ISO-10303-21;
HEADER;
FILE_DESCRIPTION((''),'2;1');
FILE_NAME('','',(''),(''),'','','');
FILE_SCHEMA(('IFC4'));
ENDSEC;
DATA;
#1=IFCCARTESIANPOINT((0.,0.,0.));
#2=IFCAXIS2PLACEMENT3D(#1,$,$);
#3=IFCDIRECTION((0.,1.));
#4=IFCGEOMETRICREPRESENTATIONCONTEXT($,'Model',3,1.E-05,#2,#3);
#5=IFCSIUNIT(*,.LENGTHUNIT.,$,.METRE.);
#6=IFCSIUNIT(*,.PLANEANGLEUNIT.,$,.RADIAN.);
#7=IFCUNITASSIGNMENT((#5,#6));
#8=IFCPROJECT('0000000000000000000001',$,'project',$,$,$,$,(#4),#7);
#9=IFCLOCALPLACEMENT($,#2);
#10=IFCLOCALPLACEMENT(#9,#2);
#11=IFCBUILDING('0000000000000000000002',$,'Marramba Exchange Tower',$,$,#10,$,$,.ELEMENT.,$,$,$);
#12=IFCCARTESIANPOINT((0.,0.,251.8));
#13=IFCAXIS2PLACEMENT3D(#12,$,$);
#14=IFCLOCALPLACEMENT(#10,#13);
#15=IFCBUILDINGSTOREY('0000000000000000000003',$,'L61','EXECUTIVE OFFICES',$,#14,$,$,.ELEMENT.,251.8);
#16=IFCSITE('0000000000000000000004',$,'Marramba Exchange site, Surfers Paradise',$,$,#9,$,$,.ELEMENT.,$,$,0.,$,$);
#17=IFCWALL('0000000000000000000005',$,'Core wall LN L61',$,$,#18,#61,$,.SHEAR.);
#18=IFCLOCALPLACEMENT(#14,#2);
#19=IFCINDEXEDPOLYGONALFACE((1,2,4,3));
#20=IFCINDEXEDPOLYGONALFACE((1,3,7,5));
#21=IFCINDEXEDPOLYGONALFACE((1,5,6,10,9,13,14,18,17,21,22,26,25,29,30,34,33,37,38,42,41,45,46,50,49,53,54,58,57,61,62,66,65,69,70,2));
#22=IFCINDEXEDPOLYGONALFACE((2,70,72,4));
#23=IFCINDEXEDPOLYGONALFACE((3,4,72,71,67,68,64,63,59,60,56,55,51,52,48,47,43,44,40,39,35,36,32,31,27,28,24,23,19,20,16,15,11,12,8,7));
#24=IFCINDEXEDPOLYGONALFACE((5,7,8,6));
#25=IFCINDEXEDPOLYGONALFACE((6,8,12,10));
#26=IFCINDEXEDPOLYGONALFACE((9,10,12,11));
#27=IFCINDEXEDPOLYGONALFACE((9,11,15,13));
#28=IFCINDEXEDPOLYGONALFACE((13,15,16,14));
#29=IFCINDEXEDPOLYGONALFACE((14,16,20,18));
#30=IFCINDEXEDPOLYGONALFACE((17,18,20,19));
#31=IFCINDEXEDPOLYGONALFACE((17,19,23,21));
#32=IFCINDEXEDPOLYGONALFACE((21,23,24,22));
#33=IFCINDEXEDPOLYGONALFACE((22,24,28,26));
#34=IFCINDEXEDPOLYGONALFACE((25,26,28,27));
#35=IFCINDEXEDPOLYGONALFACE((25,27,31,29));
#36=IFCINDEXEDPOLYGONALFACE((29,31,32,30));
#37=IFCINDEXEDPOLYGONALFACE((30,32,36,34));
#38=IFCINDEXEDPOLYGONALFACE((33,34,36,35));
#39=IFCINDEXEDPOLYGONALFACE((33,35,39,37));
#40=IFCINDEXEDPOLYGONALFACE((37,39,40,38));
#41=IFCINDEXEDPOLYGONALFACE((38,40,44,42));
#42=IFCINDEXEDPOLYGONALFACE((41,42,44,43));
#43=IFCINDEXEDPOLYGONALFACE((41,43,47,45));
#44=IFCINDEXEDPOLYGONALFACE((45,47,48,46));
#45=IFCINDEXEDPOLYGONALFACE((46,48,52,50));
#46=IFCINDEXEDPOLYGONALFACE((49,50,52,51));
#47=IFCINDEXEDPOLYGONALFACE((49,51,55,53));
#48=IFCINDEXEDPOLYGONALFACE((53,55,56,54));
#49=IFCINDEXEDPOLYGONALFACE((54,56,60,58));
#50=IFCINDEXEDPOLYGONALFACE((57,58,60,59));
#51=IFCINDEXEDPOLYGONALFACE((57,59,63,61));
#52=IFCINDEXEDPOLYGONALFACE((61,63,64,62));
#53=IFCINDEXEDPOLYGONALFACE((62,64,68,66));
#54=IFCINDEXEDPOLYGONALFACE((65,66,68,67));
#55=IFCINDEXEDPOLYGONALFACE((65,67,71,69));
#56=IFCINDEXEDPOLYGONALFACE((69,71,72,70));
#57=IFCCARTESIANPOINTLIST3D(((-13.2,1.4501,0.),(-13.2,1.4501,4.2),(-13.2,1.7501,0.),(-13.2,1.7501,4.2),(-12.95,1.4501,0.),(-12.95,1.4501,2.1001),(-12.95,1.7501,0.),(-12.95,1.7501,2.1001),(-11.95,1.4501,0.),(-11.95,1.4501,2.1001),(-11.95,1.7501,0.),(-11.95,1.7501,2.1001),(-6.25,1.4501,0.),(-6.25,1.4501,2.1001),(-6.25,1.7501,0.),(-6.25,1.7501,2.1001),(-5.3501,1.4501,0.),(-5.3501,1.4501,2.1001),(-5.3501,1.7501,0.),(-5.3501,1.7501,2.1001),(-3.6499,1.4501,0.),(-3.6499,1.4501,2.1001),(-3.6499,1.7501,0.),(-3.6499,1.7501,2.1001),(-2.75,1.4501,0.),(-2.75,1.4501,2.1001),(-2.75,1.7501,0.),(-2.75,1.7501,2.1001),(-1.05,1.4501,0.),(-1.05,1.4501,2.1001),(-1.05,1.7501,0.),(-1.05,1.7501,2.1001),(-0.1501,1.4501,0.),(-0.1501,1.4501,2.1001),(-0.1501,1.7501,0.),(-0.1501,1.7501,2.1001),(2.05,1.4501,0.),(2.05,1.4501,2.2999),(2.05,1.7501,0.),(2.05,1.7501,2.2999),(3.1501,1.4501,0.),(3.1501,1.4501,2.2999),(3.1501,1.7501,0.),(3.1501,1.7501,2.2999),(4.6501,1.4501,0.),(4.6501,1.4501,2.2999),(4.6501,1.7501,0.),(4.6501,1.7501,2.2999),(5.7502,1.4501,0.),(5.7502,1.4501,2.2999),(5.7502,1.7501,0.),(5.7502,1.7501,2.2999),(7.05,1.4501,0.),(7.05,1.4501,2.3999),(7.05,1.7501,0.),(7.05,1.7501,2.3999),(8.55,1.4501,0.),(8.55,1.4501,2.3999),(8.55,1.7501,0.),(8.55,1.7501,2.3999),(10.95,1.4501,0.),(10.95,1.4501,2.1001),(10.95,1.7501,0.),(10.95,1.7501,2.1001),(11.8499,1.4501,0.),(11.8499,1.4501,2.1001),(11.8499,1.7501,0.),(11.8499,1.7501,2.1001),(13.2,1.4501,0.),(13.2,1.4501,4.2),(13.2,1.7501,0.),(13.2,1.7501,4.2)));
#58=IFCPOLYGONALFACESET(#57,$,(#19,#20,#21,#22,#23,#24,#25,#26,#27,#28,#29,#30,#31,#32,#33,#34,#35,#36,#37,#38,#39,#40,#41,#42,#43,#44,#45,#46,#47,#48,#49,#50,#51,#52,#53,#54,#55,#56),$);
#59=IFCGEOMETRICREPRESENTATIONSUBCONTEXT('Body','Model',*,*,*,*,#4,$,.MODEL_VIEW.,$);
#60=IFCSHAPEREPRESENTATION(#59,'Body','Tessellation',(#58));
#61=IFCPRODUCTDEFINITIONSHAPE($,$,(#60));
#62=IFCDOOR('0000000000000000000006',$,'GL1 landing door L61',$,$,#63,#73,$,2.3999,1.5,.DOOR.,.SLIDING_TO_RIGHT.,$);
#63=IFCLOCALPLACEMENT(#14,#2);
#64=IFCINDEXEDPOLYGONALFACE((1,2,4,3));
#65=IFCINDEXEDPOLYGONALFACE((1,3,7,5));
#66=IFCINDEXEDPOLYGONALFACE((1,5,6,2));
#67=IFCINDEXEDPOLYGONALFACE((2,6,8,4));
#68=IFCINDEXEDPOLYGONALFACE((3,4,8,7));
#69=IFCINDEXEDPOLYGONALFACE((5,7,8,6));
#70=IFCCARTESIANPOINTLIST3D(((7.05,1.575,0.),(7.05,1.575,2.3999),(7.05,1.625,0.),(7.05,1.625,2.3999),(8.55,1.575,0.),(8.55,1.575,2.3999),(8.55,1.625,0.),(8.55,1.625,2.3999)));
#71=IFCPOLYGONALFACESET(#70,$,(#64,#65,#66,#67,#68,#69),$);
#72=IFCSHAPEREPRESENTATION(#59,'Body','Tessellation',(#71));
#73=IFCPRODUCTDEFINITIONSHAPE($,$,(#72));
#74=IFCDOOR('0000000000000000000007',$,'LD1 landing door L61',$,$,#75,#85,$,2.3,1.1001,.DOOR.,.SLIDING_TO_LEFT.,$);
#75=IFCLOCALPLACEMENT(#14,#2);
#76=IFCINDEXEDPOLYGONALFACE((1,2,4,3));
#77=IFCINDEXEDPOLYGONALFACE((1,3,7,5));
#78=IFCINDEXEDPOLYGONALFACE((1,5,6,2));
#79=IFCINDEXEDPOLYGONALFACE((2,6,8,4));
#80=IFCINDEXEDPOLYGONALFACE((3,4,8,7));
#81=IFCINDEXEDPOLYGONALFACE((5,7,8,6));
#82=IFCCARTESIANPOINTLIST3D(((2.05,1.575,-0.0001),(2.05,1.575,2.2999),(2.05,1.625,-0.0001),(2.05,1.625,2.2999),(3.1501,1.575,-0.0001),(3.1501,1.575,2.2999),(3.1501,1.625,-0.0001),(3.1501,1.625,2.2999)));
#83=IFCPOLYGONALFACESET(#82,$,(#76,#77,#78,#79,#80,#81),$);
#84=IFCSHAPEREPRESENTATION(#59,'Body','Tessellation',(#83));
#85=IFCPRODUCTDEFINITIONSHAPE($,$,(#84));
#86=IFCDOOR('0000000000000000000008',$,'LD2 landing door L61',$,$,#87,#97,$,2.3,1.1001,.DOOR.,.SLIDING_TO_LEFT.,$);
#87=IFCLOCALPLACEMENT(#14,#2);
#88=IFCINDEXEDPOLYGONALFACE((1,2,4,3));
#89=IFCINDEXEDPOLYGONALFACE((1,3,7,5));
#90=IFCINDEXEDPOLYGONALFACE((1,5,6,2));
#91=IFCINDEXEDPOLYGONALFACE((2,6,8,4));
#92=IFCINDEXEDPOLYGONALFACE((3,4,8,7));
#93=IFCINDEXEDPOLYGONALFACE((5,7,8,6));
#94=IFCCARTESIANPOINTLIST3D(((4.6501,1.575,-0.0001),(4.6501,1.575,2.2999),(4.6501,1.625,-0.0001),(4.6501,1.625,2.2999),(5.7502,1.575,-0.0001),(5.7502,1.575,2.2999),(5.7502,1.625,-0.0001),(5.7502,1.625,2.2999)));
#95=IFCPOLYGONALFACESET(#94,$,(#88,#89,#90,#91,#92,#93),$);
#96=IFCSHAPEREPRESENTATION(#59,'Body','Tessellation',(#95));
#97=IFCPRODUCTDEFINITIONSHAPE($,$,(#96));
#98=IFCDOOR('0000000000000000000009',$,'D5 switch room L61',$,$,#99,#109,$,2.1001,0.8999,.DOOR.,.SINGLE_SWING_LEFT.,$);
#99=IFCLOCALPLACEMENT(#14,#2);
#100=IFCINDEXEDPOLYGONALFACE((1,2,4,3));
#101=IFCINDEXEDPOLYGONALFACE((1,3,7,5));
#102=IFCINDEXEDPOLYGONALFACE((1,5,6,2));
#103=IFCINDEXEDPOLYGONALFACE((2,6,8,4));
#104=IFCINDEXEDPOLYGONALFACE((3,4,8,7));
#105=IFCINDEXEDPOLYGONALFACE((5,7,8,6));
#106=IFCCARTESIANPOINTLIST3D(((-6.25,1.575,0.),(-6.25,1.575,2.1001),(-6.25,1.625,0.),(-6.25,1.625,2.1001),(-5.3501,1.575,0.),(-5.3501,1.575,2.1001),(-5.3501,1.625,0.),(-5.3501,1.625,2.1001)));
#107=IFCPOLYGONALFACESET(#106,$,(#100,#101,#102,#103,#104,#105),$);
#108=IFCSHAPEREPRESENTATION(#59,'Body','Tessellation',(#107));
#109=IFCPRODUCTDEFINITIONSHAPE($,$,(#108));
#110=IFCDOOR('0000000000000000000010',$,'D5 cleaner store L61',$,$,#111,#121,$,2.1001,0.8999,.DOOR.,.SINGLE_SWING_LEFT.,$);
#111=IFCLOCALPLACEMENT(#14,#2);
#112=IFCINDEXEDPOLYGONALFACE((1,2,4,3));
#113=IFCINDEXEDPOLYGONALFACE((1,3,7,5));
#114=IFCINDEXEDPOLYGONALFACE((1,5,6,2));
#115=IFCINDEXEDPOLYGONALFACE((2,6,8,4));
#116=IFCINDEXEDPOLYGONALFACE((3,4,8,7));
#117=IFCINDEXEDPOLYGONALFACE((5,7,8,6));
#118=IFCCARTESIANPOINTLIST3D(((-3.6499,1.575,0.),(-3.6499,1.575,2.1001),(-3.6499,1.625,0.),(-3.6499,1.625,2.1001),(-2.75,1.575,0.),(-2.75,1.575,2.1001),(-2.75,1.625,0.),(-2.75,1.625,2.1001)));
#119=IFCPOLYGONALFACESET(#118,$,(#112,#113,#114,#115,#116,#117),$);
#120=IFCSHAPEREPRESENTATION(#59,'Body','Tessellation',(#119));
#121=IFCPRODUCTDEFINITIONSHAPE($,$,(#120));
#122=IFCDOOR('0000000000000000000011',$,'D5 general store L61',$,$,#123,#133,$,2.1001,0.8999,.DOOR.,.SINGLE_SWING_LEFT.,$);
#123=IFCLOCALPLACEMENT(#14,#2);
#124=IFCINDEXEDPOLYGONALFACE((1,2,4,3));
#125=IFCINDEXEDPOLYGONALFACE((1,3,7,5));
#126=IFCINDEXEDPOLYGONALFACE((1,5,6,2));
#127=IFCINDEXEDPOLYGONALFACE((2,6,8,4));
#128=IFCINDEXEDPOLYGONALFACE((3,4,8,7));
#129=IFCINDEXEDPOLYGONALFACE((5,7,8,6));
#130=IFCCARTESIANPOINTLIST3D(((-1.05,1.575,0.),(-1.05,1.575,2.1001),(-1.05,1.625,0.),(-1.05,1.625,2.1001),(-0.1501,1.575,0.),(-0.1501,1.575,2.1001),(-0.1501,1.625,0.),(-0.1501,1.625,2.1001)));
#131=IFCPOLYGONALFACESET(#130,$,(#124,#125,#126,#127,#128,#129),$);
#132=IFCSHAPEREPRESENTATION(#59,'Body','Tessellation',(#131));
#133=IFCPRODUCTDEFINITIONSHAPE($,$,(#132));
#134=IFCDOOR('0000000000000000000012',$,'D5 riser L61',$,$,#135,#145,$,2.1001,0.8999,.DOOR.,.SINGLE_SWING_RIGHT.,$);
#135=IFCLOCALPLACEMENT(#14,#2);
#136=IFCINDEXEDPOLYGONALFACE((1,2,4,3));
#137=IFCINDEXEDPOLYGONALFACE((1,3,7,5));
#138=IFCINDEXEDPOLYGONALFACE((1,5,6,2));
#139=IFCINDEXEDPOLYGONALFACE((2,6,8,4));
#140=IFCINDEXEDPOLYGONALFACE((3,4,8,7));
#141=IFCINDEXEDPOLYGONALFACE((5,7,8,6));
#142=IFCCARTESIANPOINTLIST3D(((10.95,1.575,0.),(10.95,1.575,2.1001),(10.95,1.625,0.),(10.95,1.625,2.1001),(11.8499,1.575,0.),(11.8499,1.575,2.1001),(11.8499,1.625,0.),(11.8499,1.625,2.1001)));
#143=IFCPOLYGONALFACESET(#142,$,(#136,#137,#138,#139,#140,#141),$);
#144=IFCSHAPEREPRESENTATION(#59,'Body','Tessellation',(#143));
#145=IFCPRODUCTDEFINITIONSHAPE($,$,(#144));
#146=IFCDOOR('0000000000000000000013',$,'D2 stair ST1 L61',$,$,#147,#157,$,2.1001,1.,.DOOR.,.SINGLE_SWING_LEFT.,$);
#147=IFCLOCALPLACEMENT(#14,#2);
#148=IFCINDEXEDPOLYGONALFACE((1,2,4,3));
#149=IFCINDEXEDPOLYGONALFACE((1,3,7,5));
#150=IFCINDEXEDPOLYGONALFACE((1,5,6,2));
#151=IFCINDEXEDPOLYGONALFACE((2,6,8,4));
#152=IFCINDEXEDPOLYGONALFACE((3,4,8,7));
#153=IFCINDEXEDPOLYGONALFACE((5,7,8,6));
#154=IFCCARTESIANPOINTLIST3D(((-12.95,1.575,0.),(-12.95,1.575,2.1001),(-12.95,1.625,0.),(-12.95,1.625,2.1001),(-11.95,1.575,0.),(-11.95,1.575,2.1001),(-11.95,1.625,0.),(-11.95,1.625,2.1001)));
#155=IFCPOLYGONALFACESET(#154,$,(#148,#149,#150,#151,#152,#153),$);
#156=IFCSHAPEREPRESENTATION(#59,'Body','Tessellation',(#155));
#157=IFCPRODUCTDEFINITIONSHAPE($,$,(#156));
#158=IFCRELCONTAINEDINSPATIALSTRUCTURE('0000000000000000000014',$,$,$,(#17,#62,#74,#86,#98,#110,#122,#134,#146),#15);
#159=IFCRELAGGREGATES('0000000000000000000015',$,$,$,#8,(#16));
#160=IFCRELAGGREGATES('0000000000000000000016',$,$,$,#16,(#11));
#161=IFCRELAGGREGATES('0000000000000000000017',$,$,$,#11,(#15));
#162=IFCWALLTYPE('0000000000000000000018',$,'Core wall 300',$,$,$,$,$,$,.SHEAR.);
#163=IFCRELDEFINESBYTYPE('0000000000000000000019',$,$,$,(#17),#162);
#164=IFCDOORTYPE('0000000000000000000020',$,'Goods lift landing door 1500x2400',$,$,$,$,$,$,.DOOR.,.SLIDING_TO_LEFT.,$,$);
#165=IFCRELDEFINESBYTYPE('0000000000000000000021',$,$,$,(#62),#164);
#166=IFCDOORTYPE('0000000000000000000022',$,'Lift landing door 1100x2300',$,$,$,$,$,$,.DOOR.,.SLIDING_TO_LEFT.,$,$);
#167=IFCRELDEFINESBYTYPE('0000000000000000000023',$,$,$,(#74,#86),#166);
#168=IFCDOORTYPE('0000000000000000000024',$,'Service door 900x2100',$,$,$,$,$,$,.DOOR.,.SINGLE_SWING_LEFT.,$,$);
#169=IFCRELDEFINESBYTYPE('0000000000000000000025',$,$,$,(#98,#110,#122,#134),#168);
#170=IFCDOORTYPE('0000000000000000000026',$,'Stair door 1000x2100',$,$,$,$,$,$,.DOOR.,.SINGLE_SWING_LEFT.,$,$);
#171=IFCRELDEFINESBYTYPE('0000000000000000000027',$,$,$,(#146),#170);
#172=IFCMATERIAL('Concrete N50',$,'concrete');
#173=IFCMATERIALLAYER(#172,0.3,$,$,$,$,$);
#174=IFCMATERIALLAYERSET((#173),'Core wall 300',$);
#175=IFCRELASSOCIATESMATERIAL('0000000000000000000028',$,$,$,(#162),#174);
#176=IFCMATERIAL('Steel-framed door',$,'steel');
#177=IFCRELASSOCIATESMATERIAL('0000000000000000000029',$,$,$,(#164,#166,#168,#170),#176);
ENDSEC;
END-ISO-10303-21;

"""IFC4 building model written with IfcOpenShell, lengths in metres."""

from ifc_helpers import new_model, si_unit, direction, frame, frame_2d, origin, place, context, subcontext, project, spatial, rectangle, extrude, material, layer, layer_set, type_object, element, fill, save


model = new_model("IFC4")

# Units and contexts
model_context = context("Model", 3, precision=1e-05, world=origin(), true_north=direction((0.0, 1.0)))
body_context = subcontext(model_context, "Body", "Model", "MODEL_VIEW")
ifc_project = project(units=[si_unit("LENGTHUNIT", "METRE"), si_unit("PLANEANGLEUNIT", "RADIAN")], contexts=[model_context])

# Site, building, storey
site_placement = place(None, origin())
site = spatial("IfcSite", under=ifc_project, at=site_placement, Name="Marramba Exchange site, Surfers Paradise", CompositionType="ELEMENT", RefElevation=0.0)
building_placement = place(site_placement, origin())
building = spatial("IfcBuilding", under=site, at=building_placement, Name="Marramba Exchange Tower", CompositionType="ELEMENT")
storey_placement = place(building_placement, frame((0.0, 0.0, 251.8)))
storey = spatial("IfcBuildingStorey", under=building, at=storey_placement, Name="L61", Description="EXECUTIVE OFFICES", CompositionType="ELEMENT", Elevation=251.8)

# Shared definitions
ifc_material_1 = material(Name="Concrete N50", Category="concrete")
ifc_material_2 = material(Name="Steel-framed door", Category="steel")

# Wall, openings, doors
ifc_layer_1 = layer(ifc_material_1, 0.3)
ifc_layer_set_1 = layer_set([ifc_layer_1], Name="Core wall 300")
wall_type_1 = type_object("IfcWallType", Name="Core wall 300", PredefinedType="SHEAR", material=ifc_layer_set_1)
wall_1_placement = place(storey_placement, frame((-13.2, 1.6001, 0.0), z_axis=(0.0, 0.0, 1.0), x_axis=(1.0, 0.0, 0.0)))
wall_1 = element("IfcWall", 1, at=wall_1_placement, inside=storey, type_object=wall_type_1, Name="Core wall LN L61", PredefinedType="SHEAR", context=body_context, shape_type="SweptSolid", body=[
    extrude(rectangle(XDim=26.3999, YDim=0.3, at=frame_2d((13.2, 0.0))), origin(), (0.0, 0.0, 1.0), 4.2),
])
opening_1_placement = place(wall_1_placement, frame((0.25, 0.0, 0.0)))
opening_1 = element("IfcOpeningElement", 2, at=opening_1_placement, cuts=wall_1, PredefinedType="OPENING", context=body_context, shape_type="SweptSolid", body=[
    extrude(rectangle(XDim=1.0, YDim=2.1001, at=frame_2d((0.5, 1.05))), frame((0.0, 0.1599, 0.0), z_axis=(0.0, -1.0, 0.0), x_axis=(1.0, 0.0, 0.0)), (0.0, 0.0, 1.0), 0.3201),
])
opening_2_placement = place(wall_1_placement, frame((20.25, 0.0, 0.0)))
opening_2 = element("IfcOpeningElement", 3, at=opening_2_placement, cuts=wall_1, PredefinedType="OPENING", context=body_context, shape_type="SweptSolid", body=[
    extrude(rectangle(XDim=1.5, YDim=2.3999, at=frame_2d((0.75, 1.2))), frame((0.0, 0.1599, 0.0), z_axis=(0.0, -1.0, 0.0), x_axis=(1.0, 0.0, 0.0)), (0.0, 0.0, 1.0), 0.3201),
])
opening_3_placement = place(wall_1_placement, frame((6.95, 0.0, 0.0)))
opening_3 = element("IfcOpeningElement", 4, at=opening_3_placement, cuts=wall_1, PredefinedType="OPENING", context=body_context, shape_type="SweptSolid", body=[
    extrude(rectangle(XDim=0.8999, YDim=2.1001, at=frame_2d((0.45, 1.05))), frame((0.0, 0.1599, 0.0), z_axis=(0.0, -1.0, 0.0), x_axis=(1.0, 0.0, 0.0)), (0.0, 0.0, 1.0), 0.3201),
])
opening_4_placement = place(wall_1_placement, frame((9.55, 0.0, 0.0)))
opening_4 = element("IfcOpeningElement", 5, at=opening_4_placement, cuts=wall_1, PredefinedType="OPENING", context=body_context, shape_type="SweptSolid", body=[
    extrude(rectangle(XDim=0.8999, YDim=2.1001, at=frame_2d((0.45, 1.05))), frame((0.0, 0.1599, 0.0), z_axis=(0.0, -1.0, 0.0), x_axis=(1.0, 0.0, 0.0)), (0.0, 0.0, 1.0), 0.3201),
])
opening_5_placement = place(wall_1_placement, frame((12.1499, 0.0, 0.0)))
opening_5 = element("IfcOpeningElement", 6, at=opening_5_placement, cuts=wall_1, PredefinedType="OPENING", context=body_context, shape_type="SweptSolid", body=[
    extrude(rectangle(XDim=0.8999, YDim=2.1001, at=frame_2d((0.45, 1.05))), frame((0.0, 0.1599, 0.0), z_axis=(0.0, -1.0, 0.0), x_axis=(1.0, 0.0, 0.0)), (0.0, 0.0, 1.0), 0.3201),
])
opening_6_placement = place(wall_1_placement, frame((15.25, 0.0, 0.0)))
opening_6 = element("IfcOpeningElement", 7, at=opening_6_placement, cuts=wall_1, PredefinedType="OPENING", context=body_context, shape_type="SweptSolid", body=[
    extrude(rectangle(XDim=1.1001, YDim=2.3, at=frame_2d((0.55, 1.1499))), frame((0.0, 0.1599, 0.0), z_axis=(0.0, -1.0, 0.0), x_axis=(1.0, 0.0, 0.0)), (0.0, 0.0, 1.0), 0.3201),
])
opening_7_placement = place(wall_1_placement, frame((17.8501, 0.0, 0.0)))
opening_7 = element("IfcOpeningElement", 8, at=opening_7_placement, cuts=wall_1, PredefinedType="OPENING", context=body_context, shape_type="SweptSolid", body=[
    extrude(rectangle(XDim=1.1001, YDim=2.3, at=frame_2d((0.55, 1.1499))), frame((0.0, 0.1599, 0.0), z_axis=(0.0, -1.0, 0.0), x_axis=(1.0, 0.0, 0.0)), (0.0, 0.0, 1.0), 0.3201),
])
opening_8_placement = place(wall_1_placement, frame((24.1499, 0.0, 0.0)))
opening_8 = element("IfcOpeningElement", 9, at=opening_8_placement, cuts=wall_1, PredefinedType="OPENING", context=body_context, shape_type="SweptSolid", body=[
    extrude(rectangle(XDim=0.8999, YDim=2.1001, at=frame_2d((0.45, 1.05))), frame((0.0, 0.1599, 0.0), z_axis=(0.0, -1.0, 0.0), x_axis=(1.0, 0.0, 0.0)), (0.0, 0.0, 1.0), 0.3201),
])
door_type_1 = type_object("IfcDoorType", Name="Goods lift landing door 1500x2400", OperationType="SLIDING_TO_LEFT", PredefinedType="DOOR", material=ifc_material_2)
door_1_placement = place(opening_2_placement, origin())
door_1 = element("IfcDoor", 10, at=door_1_placement, inside=storey, type_object=door_type_1, Name="GL1 landing door L61", OperationType="SLIDING_TO_RIGHT", OverallHeight=2.3999, OverallWidth=1.5, PredefinedType="DOOR", context=body_context, shape_type="SweptSolid", body=[
    extrude(rectangle(XDim=1.5, YDim=2.3999, at=frame_2d((0.75, 1.2))), frame((0.0, 0.0249, 0.0), z_axis=(0.0, -1.0, 0.0), x_axis=(1.0, 0.0, 0.0)), (0.0, 0.0, 1.0), 0.05),
])
fill(opening_2, door_1)
door_type_2 = type_object("IfcDoorType", Name="Lift landing door 1100x2300", OperationType="SLIDING_TO_LEFT", PredefinedType="DOOR", material=ifc_material_2)
door_2_placement = place(opening_6_placement, origin())
door_2 = element("IfcDoor", 11, at=door_2_placement, inside=storey, type_object=door_type_2, Name="LD1 landing door L61", OperationType="SLIDING_TO_LEFT", OverallHeight=2.3, OverallWidth=1.1001, PredefinedType="DOOR", context=body_context, shape_type="SweptSolid", body=[
    extrude(rectangle(XDim=1.1001, YDim=2.3, at=frame_2d((0.55, 1.1499))), frame((0.0, 0.0249, 0.0), z_axis=(0.0, -1.0, 0.0), x_axis=(1.0, 0.0, 0.0)), (0.0, 0.0, 1.0), 0.05),
])
fill(opening_6, door_2)
door_3_placement = place(opening_7_placement, origin())
door_3 = element("IfcDoor", 12, at=door_3_placement, inside=storey, type_object=door_type_2, Name="LD2 landing door L61", OperationType="SLIDING_TO_LEFT", OverallHeight=2.3, OverallWidth=1.1001, PredefinedType="DOOR", context=body_context, shape_type="SweptSolid", body=[
    extrude(rectangle(XDim=1.1001, YDim=2.3, at=frame_2d((0.55, 1.1499))), frame((0.0, 0.0249, 0.0), z_axis=(0.0, -1.0, 0.0), x_axis=(1.0, 0.0, 0.0)), (0.0, 0.0, 1.0), 0.05),
])
fill(opening_7, door_3)
door_type_3 = type_object("IfcDoorType", Name="Service door 900x2100", OperationType="SINGLE_SWING_LEFT", PredefinedType="DOOR", material=ifc_material_2)
door_4_placement = place(opening_3_placement, origin())
door_4 = element("IfcDoor", 13, at=door_4_placement, inside=storey, type_object=door_type_3, Name="D5 switch room L61", OperationType="SINGLE_SWING_LEFT", OverallHeight=2.1001, OverallWidth=0.8999, PredefinedType="DOOR", context=body_context, shape_type="SweptSolid", body=[
    extrude(rectangle(XDim=0.8999, YDim=2.1001, at=frame_2d((0.45, 1.05))), frame((0.0, 0.0249, 0.0), z_axis=(0.0, -1.0, 0.0), x_axis=(1.0, 0.0, 0.0)), (0.0, 0.0, 1.0), 0.05),
])
fill(opening_3, door_4)
door_5_placement = place(opening_4_placement, origin())
door_5 = element("IfcDoor", 14, at=door_5_placement, inside=storey, type_object=door_type_3, Name="D5 cleaner store L61", OperationType="SINGLE_SWING_LEFT", OverallHeight=2.1001, OverallWidth=0.8999, PredefinedType="DOOR", context=body_context, shape_type="SweptSolid", body=[
    extrude(rectangle(XDim=0.8999, YDim=2.1001, at=frame_2d((0.45, 1.05))), frame((0.0, 0.0249, 0.0), z_axis=(0.0, -1.0, 0.0), x_axis=(1.0, 0.0, 0.0)), (0.0, 0.0, 1.0), 0.05),
])
fill(opening_4, door_5)
door_6_placement = place(opening_5_placement, origin())
door_6 = element("IfcDoor", 15, at=door_6_placement, inside=storey, type_object=door_type_3, Name="D5 general store L61", OperationType="SINGLE_SWING_LEFT", OverallHeight=2.1001, OverallWidth=0.8999, PredefinedType="DOOR", context=body_context, shape_type="SweptSolid", body=[
    extrude(rectangle(XDim=0.8999, YDim=2.1001, at=frame_2d((0.45, 1.05))), frame((0.0, 0.0249, 0.0), z_axis=(0.0, -1.0, 0.0), x_axis=(1.0, 0.0, 0.0)), (0.0, 0.0, 1.0), 0.05),
])
fill(opening_5, door_6)
door_7_placement = place(opening_8_placement, origin())
door_7 = element("IfcDoor", 16, at=door_7_placement, inside=storey, type_object=door_type_3, Name="D5 riser L61", OperationType="SINGLE_SWING_RIGHT", OverallHeight=2.1001, OverallWidth=0.8999, PredefinedType="DOOR", context=body_context, shape_type="SweptSolid", body=[
    extrude(rectangle(XDim=0.8999, YDim=2.1001, at=frame_2d((0.45, 1.05))), frame((0.0, 0.0249, 0.0), z_axis=(0.0, -1.0, 0.0), x_axis=(1.0, 0.0, 0.0)), (0.0, 0.0, 1.0), 0.05),
])
fill(opening_8, door_7)
door_type_4 = type_object("IfcDoorType", Name="Stair door 1000x2100", OperationType="SINGLE_SWING_LEFT", PredefinedType="DOOR", material=ifc_material_2)
door_8_placement = place(opening_1_placement, origin())
door_8 = element("IfcDoor", 17, at=door_8_placement, inside=storey, type_object=door_type_4, Name="D2 stair ST1 L61", OperationType="SINGLE_SWING_LEFT", OverallHeight=2.1001, OverallWidth=1.0, PredefinedType="DOOR", context=body_context, shape_type="SweptSolid", body=[
    extrude(rectangle(XDim=1.0, YDim=2.1001, at=frame_2d((0.5, 1.05))), frame((0.0, 0.0249, 0.0), z_axis=(0.0, -1.0, 0.0), x_axis=(1.0, 0.0, 0.0)), (0.0, 0.0, 1.0), 0.05),
])
fill(opening_1, door_8)

save(model, "model.ifc")
